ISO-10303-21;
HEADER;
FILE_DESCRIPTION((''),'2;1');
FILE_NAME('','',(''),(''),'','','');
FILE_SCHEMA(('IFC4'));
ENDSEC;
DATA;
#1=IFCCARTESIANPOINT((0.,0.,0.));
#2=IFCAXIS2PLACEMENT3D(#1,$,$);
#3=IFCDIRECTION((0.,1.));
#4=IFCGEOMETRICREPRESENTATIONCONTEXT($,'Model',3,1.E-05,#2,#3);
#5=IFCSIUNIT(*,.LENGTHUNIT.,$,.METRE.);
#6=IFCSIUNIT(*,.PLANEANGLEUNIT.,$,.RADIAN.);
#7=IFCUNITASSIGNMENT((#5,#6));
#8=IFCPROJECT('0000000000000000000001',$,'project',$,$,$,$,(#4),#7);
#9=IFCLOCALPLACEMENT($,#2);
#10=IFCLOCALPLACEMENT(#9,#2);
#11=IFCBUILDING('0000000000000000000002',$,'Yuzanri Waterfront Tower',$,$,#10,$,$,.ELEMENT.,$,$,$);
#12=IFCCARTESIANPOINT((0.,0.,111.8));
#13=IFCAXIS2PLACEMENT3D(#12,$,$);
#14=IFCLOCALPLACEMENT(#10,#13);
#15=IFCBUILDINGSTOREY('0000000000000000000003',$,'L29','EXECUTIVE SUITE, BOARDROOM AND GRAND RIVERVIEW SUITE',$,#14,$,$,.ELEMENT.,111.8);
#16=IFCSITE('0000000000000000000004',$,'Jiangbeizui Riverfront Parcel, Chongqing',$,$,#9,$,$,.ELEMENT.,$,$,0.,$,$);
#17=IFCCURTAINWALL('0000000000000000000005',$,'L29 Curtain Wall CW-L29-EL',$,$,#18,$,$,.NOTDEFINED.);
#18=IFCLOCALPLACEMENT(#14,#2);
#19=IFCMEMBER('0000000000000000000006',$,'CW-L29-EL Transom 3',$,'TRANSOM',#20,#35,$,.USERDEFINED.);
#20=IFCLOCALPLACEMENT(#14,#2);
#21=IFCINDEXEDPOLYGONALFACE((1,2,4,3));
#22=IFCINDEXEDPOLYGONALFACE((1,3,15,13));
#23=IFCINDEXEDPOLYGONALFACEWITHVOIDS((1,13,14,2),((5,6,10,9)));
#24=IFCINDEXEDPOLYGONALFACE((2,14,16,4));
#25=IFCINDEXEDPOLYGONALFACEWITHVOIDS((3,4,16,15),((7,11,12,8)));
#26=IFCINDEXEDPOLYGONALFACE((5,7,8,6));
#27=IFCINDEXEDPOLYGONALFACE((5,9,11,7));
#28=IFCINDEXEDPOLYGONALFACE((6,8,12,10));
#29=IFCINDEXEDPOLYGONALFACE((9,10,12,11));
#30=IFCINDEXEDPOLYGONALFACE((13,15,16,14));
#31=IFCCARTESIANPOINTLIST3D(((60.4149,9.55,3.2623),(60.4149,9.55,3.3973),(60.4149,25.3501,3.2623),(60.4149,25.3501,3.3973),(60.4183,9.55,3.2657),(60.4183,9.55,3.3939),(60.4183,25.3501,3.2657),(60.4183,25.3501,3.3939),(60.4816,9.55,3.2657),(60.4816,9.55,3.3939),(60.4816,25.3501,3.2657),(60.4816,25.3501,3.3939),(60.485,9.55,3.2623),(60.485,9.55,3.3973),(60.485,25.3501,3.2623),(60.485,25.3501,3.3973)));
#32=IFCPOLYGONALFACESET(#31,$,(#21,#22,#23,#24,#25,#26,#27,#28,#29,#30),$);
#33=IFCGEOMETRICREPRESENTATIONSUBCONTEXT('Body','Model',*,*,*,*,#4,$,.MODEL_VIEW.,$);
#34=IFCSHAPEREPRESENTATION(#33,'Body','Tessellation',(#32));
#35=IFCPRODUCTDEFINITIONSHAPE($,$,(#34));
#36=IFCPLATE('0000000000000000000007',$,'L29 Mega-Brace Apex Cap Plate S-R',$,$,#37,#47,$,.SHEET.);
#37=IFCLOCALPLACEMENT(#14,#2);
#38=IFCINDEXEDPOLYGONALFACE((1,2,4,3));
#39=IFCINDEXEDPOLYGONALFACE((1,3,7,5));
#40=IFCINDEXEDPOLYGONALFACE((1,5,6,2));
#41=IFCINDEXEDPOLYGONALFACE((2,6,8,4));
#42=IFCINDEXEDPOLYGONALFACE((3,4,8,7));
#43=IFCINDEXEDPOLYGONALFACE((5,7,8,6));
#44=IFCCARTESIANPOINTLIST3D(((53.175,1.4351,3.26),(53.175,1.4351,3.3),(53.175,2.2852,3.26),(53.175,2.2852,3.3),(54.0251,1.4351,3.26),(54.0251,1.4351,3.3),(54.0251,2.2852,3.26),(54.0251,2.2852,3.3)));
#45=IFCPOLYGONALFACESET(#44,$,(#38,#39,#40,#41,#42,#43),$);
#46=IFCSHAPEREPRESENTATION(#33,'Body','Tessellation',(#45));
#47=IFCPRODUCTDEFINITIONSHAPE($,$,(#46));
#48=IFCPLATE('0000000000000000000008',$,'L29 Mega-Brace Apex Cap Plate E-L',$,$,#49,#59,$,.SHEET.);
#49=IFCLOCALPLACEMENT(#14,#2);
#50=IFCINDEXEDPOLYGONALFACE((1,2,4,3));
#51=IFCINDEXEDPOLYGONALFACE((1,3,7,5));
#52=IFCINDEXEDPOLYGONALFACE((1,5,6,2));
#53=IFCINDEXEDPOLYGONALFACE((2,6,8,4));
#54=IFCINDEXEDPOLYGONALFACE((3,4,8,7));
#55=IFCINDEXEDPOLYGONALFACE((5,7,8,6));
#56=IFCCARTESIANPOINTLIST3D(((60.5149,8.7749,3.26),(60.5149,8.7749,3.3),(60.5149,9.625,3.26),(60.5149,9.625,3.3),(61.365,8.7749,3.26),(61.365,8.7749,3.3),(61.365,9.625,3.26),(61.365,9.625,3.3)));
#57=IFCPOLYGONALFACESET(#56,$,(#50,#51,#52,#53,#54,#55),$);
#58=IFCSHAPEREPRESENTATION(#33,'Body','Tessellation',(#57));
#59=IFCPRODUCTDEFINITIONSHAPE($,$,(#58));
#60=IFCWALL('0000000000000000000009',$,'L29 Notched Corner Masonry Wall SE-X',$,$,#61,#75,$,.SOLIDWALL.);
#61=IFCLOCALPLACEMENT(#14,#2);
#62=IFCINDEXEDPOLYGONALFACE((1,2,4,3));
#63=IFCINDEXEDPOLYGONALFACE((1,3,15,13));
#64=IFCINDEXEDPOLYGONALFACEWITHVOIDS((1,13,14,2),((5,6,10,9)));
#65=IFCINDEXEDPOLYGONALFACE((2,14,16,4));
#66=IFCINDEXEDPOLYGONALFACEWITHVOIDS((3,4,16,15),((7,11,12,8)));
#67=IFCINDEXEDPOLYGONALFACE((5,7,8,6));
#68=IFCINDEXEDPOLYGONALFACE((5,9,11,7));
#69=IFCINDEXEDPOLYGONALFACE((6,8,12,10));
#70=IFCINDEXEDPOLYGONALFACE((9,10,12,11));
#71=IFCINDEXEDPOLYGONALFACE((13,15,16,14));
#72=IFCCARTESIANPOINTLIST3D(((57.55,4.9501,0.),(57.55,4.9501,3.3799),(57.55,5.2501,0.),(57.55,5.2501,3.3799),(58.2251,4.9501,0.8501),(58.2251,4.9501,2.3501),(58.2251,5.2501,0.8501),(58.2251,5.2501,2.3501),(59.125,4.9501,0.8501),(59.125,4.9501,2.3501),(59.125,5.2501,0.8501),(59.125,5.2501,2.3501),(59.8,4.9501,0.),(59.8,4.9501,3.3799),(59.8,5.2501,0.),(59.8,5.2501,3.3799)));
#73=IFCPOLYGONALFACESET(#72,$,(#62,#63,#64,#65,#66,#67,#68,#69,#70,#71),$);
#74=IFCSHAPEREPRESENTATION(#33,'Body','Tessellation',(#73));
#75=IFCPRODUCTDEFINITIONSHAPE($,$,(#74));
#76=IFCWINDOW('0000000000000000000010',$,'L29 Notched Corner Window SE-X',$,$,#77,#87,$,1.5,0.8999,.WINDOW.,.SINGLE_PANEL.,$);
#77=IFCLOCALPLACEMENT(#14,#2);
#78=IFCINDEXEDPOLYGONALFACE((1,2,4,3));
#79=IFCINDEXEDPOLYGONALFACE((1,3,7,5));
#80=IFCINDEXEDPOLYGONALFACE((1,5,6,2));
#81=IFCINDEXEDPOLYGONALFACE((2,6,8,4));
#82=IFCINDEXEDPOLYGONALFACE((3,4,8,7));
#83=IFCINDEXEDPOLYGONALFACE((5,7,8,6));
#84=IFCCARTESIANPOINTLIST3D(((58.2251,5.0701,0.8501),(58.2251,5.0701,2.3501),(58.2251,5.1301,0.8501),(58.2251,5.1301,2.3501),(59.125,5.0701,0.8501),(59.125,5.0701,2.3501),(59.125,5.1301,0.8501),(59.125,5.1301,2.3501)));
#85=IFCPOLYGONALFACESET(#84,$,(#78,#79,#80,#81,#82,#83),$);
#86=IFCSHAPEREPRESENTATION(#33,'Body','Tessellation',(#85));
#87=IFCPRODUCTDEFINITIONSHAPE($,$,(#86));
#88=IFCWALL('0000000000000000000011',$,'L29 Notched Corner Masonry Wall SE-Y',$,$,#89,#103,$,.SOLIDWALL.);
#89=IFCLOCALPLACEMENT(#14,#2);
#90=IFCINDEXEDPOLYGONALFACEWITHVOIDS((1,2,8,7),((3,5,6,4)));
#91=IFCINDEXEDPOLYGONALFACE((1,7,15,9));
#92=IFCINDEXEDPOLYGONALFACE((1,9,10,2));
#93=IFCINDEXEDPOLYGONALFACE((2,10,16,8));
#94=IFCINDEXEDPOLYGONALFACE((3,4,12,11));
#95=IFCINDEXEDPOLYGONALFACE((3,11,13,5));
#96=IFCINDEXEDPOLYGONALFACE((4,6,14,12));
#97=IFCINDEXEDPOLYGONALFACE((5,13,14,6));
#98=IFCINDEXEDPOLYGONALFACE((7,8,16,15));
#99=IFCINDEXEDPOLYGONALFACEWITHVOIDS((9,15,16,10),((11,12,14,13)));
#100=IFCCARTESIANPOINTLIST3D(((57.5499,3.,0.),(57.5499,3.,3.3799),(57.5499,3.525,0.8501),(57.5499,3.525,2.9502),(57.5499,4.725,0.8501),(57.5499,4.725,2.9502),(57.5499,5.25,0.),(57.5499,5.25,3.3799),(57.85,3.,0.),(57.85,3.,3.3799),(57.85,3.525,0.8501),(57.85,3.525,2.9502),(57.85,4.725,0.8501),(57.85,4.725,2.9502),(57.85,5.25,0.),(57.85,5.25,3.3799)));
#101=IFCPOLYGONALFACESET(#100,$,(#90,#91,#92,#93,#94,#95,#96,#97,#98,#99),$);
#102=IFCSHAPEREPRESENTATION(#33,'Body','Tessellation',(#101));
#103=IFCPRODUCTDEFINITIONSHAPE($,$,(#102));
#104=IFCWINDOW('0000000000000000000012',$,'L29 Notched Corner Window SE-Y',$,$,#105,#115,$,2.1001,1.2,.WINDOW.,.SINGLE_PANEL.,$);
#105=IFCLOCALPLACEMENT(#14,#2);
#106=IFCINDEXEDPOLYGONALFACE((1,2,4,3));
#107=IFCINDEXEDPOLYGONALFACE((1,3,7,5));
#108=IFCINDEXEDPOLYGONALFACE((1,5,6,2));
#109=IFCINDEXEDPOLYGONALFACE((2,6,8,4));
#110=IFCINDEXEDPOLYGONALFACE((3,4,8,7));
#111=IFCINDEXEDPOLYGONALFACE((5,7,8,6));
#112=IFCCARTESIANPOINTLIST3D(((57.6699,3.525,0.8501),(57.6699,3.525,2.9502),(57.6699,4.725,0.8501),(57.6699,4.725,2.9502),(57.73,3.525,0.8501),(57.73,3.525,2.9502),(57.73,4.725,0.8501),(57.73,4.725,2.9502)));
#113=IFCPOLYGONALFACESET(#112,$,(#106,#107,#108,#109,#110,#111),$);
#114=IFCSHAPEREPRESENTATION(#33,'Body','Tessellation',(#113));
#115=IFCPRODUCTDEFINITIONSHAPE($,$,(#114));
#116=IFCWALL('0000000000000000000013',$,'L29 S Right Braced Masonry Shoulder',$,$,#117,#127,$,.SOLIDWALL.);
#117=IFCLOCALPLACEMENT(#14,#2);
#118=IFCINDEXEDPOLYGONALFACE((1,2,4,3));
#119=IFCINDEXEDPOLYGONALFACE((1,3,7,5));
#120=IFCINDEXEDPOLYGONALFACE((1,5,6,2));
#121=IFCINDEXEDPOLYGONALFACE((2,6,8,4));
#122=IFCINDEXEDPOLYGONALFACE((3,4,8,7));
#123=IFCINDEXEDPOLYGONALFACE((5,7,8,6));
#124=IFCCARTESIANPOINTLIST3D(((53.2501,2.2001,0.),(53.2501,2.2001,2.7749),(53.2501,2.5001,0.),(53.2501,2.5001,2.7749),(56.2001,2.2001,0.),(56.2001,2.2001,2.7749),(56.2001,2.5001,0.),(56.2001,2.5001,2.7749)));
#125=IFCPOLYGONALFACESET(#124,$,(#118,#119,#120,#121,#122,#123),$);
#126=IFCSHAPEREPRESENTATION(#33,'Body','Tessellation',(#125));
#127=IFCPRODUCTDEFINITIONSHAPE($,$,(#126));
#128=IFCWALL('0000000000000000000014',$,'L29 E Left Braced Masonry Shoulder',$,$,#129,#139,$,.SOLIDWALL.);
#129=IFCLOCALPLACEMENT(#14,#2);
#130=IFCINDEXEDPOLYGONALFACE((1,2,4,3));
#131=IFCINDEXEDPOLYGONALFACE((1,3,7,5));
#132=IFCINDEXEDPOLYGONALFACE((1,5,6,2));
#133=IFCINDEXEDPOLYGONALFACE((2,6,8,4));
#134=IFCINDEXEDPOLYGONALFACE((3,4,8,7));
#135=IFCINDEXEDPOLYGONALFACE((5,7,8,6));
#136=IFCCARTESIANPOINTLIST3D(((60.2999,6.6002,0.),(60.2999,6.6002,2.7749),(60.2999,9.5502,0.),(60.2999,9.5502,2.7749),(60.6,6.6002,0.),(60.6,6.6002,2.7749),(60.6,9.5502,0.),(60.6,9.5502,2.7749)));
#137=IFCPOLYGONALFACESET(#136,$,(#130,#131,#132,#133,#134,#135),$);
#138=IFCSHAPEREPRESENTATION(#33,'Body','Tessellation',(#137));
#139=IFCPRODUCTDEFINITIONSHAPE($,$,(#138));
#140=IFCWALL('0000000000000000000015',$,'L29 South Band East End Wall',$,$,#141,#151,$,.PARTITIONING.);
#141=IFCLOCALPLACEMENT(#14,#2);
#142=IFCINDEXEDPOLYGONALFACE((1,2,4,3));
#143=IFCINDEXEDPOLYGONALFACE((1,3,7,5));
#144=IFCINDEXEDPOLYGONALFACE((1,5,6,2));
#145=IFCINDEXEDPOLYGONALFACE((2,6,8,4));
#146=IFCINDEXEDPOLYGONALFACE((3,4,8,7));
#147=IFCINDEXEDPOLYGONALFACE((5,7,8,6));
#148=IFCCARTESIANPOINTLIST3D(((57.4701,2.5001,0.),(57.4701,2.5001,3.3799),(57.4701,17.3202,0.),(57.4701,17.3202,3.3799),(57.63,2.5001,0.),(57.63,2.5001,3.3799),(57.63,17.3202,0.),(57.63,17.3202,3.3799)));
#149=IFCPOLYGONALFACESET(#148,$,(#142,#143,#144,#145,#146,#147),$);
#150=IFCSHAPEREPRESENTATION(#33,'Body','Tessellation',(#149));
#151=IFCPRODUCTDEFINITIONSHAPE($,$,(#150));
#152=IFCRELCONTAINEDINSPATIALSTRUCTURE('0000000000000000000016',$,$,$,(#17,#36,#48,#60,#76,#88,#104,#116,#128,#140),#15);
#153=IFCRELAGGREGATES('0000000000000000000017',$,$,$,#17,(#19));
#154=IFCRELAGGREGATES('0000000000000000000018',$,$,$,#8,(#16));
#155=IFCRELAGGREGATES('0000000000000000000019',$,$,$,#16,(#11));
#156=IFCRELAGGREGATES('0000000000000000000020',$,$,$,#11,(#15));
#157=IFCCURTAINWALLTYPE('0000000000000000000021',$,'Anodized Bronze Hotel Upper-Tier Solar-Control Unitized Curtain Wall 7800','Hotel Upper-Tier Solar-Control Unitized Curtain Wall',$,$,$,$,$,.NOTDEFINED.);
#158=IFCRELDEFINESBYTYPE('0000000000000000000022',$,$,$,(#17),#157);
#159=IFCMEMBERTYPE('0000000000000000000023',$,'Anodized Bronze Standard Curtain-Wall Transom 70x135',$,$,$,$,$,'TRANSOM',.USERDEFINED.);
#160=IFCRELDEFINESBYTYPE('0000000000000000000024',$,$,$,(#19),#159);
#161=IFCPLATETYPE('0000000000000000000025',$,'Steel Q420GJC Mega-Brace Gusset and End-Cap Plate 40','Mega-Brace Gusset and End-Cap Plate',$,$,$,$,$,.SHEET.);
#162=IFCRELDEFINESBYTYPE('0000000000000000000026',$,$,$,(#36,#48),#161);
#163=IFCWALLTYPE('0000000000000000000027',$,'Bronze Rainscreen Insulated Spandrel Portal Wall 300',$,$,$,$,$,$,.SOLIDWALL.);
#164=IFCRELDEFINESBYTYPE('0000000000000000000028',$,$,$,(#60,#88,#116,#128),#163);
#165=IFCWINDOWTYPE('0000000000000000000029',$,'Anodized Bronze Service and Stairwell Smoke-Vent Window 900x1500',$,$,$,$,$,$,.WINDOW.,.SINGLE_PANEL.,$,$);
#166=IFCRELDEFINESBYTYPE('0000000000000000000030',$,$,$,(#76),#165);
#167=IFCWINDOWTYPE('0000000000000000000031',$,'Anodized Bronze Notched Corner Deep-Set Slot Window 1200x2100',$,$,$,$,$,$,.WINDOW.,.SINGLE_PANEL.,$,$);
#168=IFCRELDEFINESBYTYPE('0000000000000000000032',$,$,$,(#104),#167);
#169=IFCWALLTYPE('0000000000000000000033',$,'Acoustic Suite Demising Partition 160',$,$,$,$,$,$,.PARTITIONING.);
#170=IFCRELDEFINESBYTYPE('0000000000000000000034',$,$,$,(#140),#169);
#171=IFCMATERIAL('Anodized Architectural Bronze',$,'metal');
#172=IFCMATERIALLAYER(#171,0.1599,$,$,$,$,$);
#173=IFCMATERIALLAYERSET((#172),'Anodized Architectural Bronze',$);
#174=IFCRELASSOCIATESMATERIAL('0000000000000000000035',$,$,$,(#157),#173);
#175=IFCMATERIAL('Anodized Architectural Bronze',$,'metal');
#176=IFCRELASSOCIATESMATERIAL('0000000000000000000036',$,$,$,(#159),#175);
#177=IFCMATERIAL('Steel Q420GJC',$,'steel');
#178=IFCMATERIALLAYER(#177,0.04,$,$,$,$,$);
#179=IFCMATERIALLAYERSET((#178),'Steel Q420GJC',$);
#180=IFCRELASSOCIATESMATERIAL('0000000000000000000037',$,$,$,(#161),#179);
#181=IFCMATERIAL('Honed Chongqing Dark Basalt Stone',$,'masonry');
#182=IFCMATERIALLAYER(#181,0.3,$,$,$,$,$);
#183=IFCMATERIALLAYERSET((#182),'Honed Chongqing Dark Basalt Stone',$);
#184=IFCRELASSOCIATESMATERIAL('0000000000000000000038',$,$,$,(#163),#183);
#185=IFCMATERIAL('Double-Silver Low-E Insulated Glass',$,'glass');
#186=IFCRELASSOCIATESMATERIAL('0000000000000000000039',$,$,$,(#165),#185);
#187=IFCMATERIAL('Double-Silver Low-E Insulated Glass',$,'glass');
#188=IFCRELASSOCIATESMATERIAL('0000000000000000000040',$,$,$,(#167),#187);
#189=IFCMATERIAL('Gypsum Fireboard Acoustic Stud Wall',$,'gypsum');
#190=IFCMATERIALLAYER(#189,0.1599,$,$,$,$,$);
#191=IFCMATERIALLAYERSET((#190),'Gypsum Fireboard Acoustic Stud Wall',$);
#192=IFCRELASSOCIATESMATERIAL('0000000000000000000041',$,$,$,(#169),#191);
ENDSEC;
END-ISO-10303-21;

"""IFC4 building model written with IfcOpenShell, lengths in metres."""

from ifc_helpers import new_model, si_unit, direction, frame, frame_2d, origin, origin_2d, place, context, subcontext, project, spatial, rectangle, hollow_rectangle, extrude, source, transform, mapped, material, layer, layer_set, material_profile, profile_set, type_object, element, fill, aggregate, save


model = new_model("IFC4")

# Units and contexts
model_context = context("Model", 3, precision=1e-05, world=origin(), true_north=direction((0.0, 1.0)))
body_context = subcontext(model_context, "Body", "Model", "MODEL_VIEW")
ifc_project = project(units=[si_unit("LENGTHUNIT", "METRE"), si_unit("PLANEANGLEUNIT", "RADIAN")], contexts=[model_context])

# Site, building, storey
site_placement = place(None, origin())
site = spatial("IfcSite", under=ifc_project, at=site_placement, Name="Jiangbeizui Riverfront Parcel, Chongqing", CompositionType="ELEMENT", RefElevation=0.0)
building_placement = place(site_placement, origin())
building = spatial("IfcBuilding", under=site, at=building_placement, Name="Yuzanri Waterfront Tower", CompositionType="ELEMENT")
storey_placement = place(building_placement, frame((0.0, 0.0, 111.8)))
storey = spatial("IfcBuildingStorey", under=building, at=storey_placement, Name="L29", Description="EXECUTIVE SUITE, BOARDROOM AND GRAND RIVERVIEW SUITE", CompositionType="ELEMENT", Elevation=111.8)

# Curtain wall, member
ifc_material_1 = material(Name="Anodized Architectural Bronze", Category="metal")
ifc_layer_1 = layer(ifc_material_1, 0.1599)
ifc_layer_set_1 = layer_set([ifc_layer_1], Name="Anodized Architectural Bronze")
curtain_wall_type = type_object("IfcCurtainWallType", Name="Anodized Bronze Hotel Upper-Tier Solar-Control Unitized Curtain Wall 7800", Description="Hotel Upper-Tier Solar-Control Unitized Curtain Wall", PredefinedType="NOTDEFINED", material=ifc_layer_set_1)
curtain_wall_1_placement = place(storey_placement, origin())
curtain_wall_1 = element("IfcCurtainWall", 1, at=curtain_wall_1_placement, inside=storey, type_object=curtain_wall_type, Name="L29 Curtain Wall CW-L29-EL", PredefinedType="NOTDEFINED")
ifc_material_2 = material(Name="Anodized Architectural Bronze", Category="metal")
ifc_material_profile_1 = material_profile(ifc_material_2, hollow_rectangle(XDim=0.0701, YDim=0.135, WallThickness=0.0034, at=origin_2d()), Name="CWT 70x135")
ifc_profile_set_1 = profile_set([ifc_material_profile_1], Name="Anodized Architectural Bronze")
member_type_1 = type_object("IfcMemberType", Name="Anodized Bronze Standard Curtain-Wall Transom 70x135", ElementType="TRANSOM", PredefinedType="USERDEFINED", material=ifc_profile_set_1)
shared_shape_1 = source(origin(), body_context, "Body", "SweptSolid", [
    extrude(hollow_rectangle(XDim=0.0701, YDim=0.135, WallThickness=0.0034, at=origin_2d()), origin(), (0.0, 0.0, 1.0), 15.8),
])
member_1_placement = place(storey_placement, frame((60.45, 9.55, 3.3298), z_axis=(0.0, 1.0, 0.0), x_axis=(-1.0, 0.0, 0.0)))
member_1 = element("IfcMember", 2, at=member_1_placement, type_object=member_type_1, Name="CW-L29-EL Transom 3", ObjectType="TRANSOM", PredefinedType="USERDEFINED", context=body_context, shape_type="MappedRepresentation", body=[
    mapped(shared_shape_1, transform((0.0, 0.0, 0.0), scale=1.0)),
])
aggregate(curtain_wall_1, [member_1])

# Plates
ifc_material_3 = material(Name="Steel Q420GJC", Category="steel")
ifc_layer_2 = layer(ifc_material_3, 0.04)
ifc_layer_set_2 = layer_set([ifc_layer_2], Name="Steel Q420GJC")
plate_type = type_object("IfcPlateType", Name="Steel Q420GJC Mega-Brace Gusset and End-Cap Plate 40", Description="Mega-Brace Gusset and End-Cap Plate", PredefinedType="SHEET", material=ifc_layer_set_2)
shared_shape_2 = source(origin(), body_context, "Body", "SweptSolid", [
    extrude(rectangle(XDim=0.8501, YDim=0.8501, at=origin_2d()), origin(), (0.0, 0.0, 1.0), 0.04),
])
for number, where, z_axis, x_axis, name in (
    (3, (53.6001, 1.8601, 3.26), (0.0, 0.0, 1.0), (1.0, 0.0, 0.0), "L29 Mega-Brace Apex Cap Plate S-R"),
    (4, (60.9399, 9.2, 3.26), (0.0, 0.0, 1.0), (1.0, 0.0, 0.0), "L29 Mega-Brace Apex Cap Plate E-L"),
):
    element("IfcPlate", number, at=place(storey_placement, frame(where, z_axis=z_axis, x_axis=x_axis)), inside=storey, type_object=plate_type, Name=name, PredefinedType="SHEET", context=body_context, shape_type="MappedRepresentation", body=[
        mapped(shared_shape_2, transform((0.0, 0.0, 0.0), scale=1.0)),
    ])

# Walls, openings, windows
ifc_material_4 = material(Name="Honed Chongqing Dark Basalt Stone", Category="masonry")
ifc_layer_3 = layer(ifc_material_4, 0.3)
ifc_layer_set_3 = layer_set([ifc_layer_3], Name="Honed Chongqing Dark Basalt Stone")
wall_type_1 = type_object("IfcWallType", Name="Bronze Rainscreen Insulated Spandrel Portal Wall 300", PredefinedType="SOLIDWALL", material=ifc_layer_set_3)
wall_1_placement = place(storey_placement, frame((57.55, 5.1001, 0.0), z_axis=(0.0, 0.0, 1.0), x_axis=(1.0, 0.0, 0.0)))
wall_1 = element("IfcWall", 5, at=wall_1_placement, inside=storey, type_object=wall_type_1, Name="L29 Notched Corner Masonry Wall SE-X", PredefinedType="SOLIDWALL", context=body_context, shape_type="SweptSolid", body=[
    extrude(rectangle(XDim=2.25, YDim=0.3, at=frame_2d((1.125, 0.0))), origin(), (0.0, 0.0, 1.0), 3.3799),
])
opening_1_placement = place(wall_1_placement, frame((0.675, 0.0, 0.8501)))
opening_1 = element("IfcOpeningElement", 6, at=opening_1_placement, cuts=wall_1, PredefinedType="OPENING", context=body_context, shape_type="SweptSolid", body=[
    extrude(rectangle(XDim=0.8999, YDim=1.5, at=frame_2d((0.45, 0.75))), frame((0.0, 0.165, 0.0), z_axis=(0.0, -1.0, 0.0), x_axis=(1.0, 0.0, 0.0)), (0.0, 0.0, 1.0), 0.3298),
])
ifc_material_5 = material(Name="Double-Silver Low-E Insulated Glass", Category="glass")
window_type_1 = type_object("IfcWindowType", Name="Anodized Bronze Service and Stairwell Smoke-Vent Window 900x1500", PartitioningType="SINGLE_PANEL", PredefinedType="WINDOW", material=ifc_material_5)
shared_shape_3 = source(origin(), body_context, "Body", "SweptSolid", [
    extrude(rectangle(XDim=0.8999, YDim=1.5, at=frame_2d((0.45, 0.75))), frame((0.0, 0.03, 0.0), z_axis=(0.0, -1.0, 0.0), x_axis=(1.0, 0.0, 0.0)), (0.0, 0.0, 1.0), 0.0601),
])
window_1_placement = place(opening_1_placement, origin())
window_1 = element("IfcWindow", 7, at=window_1_placement, inside=storey, type_object=window_type_1, Name="L29 Notched Corner Window SE-X", OverallHeight=1.5, OverallWidth=0.8999, PartitioningType="SINGLE_PANEL", PredefinedType="WINDOW", context=body_context, shape_type="MappedRepresentation", body=[
    mapped(shared_shape_3, transform((0.0, 0.0, 0.0), scale=1.0)),
])
fill(opening_1, window_1)
wall_2_placement = place(storey_placement, frame((57.7, 3.0, 0.0), z_axis=(0.0, 0.0, 1.0), x_axis=(0.0, 1.0, 0.0)))
wall_2 = element("IfcWall", 8, at=wall_2_placement, inside=storey, type_object=wall_type_1, Name="L29 Notched Corner Masonry Wall SE-Y", PredefinedType="SOLIDWALL", context=body_context, shape_type="SweptSolid", body=[
    extrude(rectangle(XDim=2.25, YDim=0.3, at=frame_2d((1.125, 0.0))), origin(), (0.0, 0.0, 1.0), 3.3799),
])
opening_2_placement = place(wall_2_placement, frame((0.5249, 0.0, 0.8501)))
opening_2 = element("IfcOpeningElement", 9, at=opening_2_placement, cuts=wall_2, PredefinedType="OPENING", context=body_context, shape_type="SweptSolid", body=[
    extrude(rectangle(XDim=1.2, YDim=2.1001, at=frame_2d((0.6001, 1.05))), frame((0.0, 0.165, 0.0), z_axis=(0.0, -1.0, 0.0), x_axis=(1.0, 0.0, 0.0)), (0.0, 0.0, 1.0), 0.3298),
])
ifc_material_6 = material(Name="Double-Silver Low-E Insulated Glass", Category="glass")
window_type_2 = type_object("IfcWindowType", Name="Anodized Bronze Notched Corner Deep-Set Slot Window 1200x2100", PartitioningType="SINGLE_PANEL", PredefinedType="WINDOW", material=ifc_material_6)
shared_shape_4 = source(origin(), body_context, "Body", "SweptSolid", [
    extrude(rectangle(XDim=1.2, YDim=2.1001, at=frame_2d((0.6001, 1.05))), frame((0.0, 0.03, 0.0), z_axis=(0.0, -1.0, 0.0), x_axis=(1.0, 0.0, 0.0)), (0.0, 0.0, 1.0), 0.0601),
])
window_2_placement = place(opening_2_placement, origin())
window_2 = element("IfcWindow", 10, at=window_2_placement, inside=storey, type_object=window_type_2, Name="L29 Notched Corner Window SE-Y", OverallHeight=2.1001, OverallWidth=1.2, PartitioningType="SINGLE_PANEL", PredefinedType="WINDOW", context=body_context, shape_type="MappedRepresentation", body=[
    mapped(shared_shape_4, transform((0.0, 0.0, 0.0), scale=1.0)),
])
fill(opening_2, window_2)

# Walls
shared_shape_5 = source(origin(), body_context, "Body", "SweptSolid", [
    extrude(rectangle(XDim=2.95, YDim=0.3, at=frame_2d((1.4751, 0.0))), origin(), (0.0, 0.0, 1.0), 2.7749),
])
for number, where, z_axis, x_axis, name in (
    (11, (53.25, 2.3501, 0.0), (0.0, 0.0, 1.0), (1.0, 0.0, 0.0), "L29 S Right Braced Masonry Shoulder"),
    (12, (60.45, 6.6001, 0.0), (0.0, 0.0, 1.0), (0.0, 1.0, 0.0), "L29 E Left Braced Masonry Shoulder"),
):
    element("IfcWall", number, at=place(storey_placement, frame(where, z_axis=z_axis, x_axis=x_axis)), inside=storey, type_object=wall_type_1, Name=name, PredefinedType="SOLIDWALL", context=body_context, shape_type="MappedRepresentation", body=[
        mapped(shared_shape_5, transform((0.0, 0.0, 0.0), scale=1.0)),
    ])
ifc_material_7 = material(Name="Gypsum Fireboard Acoustic Stud Wall", Category="gypsum")
ifc_layer_4 = layer(ifc_material_7, 0.1599)
ifc_layer_set_4 = layer_set([ifc_layer_4], Name="Gypsum Fireboard Acoustic Stud Wall")
wall_type_2 = type_object("IfcWallType", Name="Acoustic Suite Demising Partition 160", PredefinedType="PARTITIONING", material=ifc_layer_set_4)
shared_shape_6 = source(origin(), body_context, "Body", "SweptSolid", [
    extrude(rectangle(XDim=14.8201, YDim=0.1599, at=frame_2d((7.4102, 0.0))), origin(), (0.0, 0.0, 1.0), 3.3799),
])
wall_3_placement = place(storey_placement, frame((57.55, 2.5, 0.0), z_axis=(0.0, 0.0, 1.0), x_axis=(0.0, 1.0, 0.0)))
element("IfcWall", 13, at=wall_3_placement, inside=storey, type_object=wall_type_2, Name="L29 South Band East End Wall", PredefinedType="PARTITIONING", context=body_context, shape_type="MappedRepresentation", body=[
    mapped(shared_shape_6, transform((0.0, 0.0, 0.0), scale=1.0)),
])

save(model, "model.ifc")
